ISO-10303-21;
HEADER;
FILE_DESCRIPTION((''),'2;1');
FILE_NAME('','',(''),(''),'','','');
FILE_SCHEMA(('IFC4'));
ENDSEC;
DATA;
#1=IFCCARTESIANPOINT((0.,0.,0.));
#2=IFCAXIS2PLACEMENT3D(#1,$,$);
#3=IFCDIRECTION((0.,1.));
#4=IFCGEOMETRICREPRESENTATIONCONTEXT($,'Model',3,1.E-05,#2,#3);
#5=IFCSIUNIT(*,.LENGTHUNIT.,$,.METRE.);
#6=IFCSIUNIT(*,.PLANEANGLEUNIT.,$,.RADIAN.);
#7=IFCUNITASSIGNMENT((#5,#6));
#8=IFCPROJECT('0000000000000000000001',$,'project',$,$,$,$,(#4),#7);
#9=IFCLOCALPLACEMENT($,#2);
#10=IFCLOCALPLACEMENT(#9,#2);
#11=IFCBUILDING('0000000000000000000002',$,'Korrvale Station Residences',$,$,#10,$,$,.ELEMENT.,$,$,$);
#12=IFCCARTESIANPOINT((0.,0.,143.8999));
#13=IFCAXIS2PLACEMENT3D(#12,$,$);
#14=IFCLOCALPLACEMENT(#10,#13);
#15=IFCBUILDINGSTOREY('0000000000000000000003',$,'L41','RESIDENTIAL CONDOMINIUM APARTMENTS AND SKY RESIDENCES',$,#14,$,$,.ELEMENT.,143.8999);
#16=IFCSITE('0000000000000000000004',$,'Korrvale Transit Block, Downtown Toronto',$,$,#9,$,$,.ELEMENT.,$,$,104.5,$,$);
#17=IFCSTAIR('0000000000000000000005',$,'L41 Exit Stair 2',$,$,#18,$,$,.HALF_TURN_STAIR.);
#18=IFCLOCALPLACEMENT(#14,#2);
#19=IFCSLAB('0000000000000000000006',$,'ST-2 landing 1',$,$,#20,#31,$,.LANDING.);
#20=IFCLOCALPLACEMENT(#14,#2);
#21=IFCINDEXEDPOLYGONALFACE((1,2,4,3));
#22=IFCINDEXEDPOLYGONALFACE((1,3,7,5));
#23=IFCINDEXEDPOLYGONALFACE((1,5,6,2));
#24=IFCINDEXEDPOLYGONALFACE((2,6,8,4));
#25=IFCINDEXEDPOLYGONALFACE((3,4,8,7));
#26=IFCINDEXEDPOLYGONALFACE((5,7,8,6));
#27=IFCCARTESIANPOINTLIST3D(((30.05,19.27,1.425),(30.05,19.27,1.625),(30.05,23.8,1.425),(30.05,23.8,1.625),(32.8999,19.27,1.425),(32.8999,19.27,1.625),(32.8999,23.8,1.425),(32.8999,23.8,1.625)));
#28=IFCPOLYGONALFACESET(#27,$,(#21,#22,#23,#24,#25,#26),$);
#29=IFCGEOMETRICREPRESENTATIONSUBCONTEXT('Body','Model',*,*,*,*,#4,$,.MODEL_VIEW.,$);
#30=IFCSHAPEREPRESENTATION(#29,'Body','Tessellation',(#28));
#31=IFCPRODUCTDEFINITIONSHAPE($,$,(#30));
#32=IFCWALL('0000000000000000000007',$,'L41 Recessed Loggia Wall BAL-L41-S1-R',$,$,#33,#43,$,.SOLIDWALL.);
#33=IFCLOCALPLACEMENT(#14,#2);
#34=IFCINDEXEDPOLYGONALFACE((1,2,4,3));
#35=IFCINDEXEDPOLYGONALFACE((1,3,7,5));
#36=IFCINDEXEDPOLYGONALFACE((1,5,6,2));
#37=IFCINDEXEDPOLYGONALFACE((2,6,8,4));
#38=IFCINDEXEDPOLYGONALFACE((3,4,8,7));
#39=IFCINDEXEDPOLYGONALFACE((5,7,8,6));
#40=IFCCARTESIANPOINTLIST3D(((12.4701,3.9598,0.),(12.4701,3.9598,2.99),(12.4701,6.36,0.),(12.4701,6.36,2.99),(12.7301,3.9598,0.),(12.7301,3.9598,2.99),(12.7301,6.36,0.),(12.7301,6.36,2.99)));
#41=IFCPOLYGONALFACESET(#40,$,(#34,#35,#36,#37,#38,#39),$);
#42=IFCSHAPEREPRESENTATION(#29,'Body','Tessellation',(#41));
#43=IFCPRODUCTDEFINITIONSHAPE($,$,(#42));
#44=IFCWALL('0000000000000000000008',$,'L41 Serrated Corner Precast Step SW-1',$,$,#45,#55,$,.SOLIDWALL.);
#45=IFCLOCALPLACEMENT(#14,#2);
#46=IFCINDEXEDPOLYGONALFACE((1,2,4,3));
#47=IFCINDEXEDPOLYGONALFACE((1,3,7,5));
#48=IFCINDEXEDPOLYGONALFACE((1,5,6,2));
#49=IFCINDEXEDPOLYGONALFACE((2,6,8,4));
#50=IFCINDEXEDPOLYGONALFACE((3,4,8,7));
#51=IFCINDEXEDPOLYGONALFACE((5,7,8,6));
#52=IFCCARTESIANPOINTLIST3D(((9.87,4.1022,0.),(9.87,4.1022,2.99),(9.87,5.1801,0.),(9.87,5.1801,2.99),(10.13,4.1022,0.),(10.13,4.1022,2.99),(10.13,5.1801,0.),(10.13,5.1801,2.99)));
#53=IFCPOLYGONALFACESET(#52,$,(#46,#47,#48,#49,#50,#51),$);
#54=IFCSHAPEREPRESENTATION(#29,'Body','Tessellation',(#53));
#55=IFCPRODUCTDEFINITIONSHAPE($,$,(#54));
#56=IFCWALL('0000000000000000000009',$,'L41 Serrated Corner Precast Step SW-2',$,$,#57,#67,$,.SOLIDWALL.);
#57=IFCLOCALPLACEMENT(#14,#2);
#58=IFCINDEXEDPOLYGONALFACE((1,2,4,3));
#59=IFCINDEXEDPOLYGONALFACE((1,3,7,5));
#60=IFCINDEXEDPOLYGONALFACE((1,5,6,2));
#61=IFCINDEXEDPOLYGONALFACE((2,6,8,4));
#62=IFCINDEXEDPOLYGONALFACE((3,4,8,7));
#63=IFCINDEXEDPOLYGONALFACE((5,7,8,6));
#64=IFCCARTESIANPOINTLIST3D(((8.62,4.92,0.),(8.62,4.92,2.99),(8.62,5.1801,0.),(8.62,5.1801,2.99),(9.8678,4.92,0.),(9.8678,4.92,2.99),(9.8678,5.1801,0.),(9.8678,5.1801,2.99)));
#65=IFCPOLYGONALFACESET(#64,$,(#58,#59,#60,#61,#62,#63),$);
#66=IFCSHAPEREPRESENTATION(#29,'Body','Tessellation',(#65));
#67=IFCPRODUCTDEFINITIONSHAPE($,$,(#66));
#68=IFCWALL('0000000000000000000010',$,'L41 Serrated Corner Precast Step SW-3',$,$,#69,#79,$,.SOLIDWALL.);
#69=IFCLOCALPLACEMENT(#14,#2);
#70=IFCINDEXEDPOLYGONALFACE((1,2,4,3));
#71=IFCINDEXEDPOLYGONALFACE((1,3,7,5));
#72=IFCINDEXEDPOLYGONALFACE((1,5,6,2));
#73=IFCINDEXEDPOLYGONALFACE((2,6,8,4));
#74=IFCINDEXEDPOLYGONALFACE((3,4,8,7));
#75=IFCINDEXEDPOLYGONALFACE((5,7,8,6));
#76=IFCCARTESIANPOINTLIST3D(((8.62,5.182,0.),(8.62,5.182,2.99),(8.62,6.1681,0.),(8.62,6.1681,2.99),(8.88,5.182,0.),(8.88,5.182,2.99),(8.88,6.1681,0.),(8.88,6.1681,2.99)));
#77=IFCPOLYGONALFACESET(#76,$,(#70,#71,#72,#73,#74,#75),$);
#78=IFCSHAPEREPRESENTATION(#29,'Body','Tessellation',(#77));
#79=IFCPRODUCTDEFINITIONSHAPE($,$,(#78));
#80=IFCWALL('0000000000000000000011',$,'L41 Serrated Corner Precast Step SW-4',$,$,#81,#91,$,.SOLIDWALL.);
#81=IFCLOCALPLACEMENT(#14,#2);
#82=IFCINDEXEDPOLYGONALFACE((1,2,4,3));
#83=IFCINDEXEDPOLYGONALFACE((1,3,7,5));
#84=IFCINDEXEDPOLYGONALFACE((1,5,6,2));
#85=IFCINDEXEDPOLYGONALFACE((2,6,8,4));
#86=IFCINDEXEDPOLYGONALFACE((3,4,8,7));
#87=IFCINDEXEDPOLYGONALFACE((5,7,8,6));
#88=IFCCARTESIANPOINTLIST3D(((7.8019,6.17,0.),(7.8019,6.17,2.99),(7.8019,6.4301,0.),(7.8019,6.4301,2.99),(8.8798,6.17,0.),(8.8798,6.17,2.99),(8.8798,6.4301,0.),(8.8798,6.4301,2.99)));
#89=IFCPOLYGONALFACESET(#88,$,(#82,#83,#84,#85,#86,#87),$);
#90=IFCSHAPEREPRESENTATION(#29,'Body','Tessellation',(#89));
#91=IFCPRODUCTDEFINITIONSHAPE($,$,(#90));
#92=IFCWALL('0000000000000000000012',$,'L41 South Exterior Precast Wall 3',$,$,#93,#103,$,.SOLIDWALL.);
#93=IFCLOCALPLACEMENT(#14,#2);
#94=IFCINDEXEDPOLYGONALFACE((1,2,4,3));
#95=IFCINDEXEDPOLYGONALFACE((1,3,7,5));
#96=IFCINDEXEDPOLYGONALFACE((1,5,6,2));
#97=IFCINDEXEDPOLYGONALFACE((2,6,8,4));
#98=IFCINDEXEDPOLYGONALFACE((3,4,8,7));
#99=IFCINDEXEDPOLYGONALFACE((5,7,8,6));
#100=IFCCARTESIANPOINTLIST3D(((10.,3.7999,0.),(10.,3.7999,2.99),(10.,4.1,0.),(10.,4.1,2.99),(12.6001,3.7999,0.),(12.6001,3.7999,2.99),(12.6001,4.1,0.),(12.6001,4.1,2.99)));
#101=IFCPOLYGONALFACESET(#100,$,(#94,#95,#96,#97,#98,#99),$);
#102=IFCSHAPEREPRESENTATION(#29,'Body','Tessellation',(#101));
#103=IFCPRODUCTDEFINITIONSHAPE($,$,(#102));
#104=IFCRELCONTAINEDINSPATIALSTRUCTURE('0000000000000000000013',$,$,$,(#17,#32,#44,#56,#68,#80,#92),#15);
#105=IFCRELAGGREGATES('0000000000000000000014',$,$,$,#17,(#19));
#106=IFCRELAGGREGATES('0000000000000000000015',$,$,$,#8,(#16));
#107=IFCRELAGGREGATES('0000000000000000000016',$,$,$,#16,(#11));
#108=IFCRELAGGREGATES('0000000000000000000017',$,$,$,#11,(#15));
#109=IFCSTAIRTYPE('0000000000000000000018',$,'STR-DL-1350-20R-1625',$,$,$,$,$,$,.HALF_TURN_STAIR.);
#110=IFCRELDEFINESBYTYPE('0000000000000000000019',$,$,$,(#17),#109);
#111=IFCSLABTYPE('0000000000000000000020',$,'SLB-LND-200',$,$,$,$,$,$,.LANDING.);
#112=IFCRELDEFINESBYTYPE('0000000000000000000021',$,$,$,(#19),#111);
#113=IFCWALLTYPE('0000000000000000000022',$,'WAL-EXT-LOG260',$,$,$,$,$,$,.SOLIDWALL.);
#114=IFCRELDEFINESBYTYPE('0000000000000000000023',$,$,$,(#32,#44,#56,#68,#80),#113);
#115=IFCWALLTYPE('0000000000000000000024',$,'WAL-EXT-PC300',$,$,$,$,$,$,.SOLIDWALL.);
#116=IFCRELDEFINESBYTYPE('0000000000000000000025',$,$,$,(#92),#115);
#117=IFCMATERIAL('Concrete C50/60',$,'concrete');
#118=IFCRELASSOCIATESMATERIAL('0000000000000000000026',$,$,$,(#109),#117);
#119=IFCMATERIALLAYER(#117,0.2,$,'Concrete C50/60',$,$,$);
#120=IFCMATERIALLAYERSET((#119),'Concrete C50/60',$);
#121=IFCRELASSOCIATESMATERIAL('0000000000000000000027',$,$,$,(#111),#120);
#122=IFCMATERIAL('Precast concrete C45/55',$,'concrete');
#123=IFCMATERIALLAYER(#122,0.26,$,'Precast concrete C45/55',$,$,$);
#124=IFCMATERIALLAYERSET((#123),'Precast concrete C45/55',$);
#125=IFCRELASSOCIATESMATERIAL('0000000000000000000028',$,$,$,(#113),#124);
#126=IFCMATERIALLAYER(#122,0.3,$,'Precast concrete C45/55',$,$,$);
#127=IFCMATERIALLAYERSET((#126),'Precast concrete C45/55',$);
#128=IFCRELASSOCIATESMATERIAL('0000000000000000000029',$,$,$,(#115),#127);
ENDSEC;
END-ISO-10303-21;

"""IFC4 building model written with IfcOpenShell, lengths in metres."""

from ifc_helpers import new_model, si_unit, direction, frame, frame_2d, origin, place, context, subcontext, project, spatial, polyline, rectangle, outline, extrude, material, layer, layer_set, type_object, element, aggregate, save


model = new_model("IFC4")

# Units and contexts
model_context = context("Model", 3, precision=1e-05, world=origin(), true_north=direction((0.0, 1.0)))
body_context = subcontext(model_context, "Body", "Model", "MODEL_VIEW")
ifc_project = project(units=[si_unit("LENGTHUNIT", "METRE"), si_unit("PLANEANGLEUNIT", "RADIAN")], contexts=[model_context])

# Site, building, storey
site_placement = place(None, origin())
site = spatial("IfcSite", under=ifc_project, at=site_placement, Name="Korrvale Transit Block, Downtown Toronto", CompositionType="ELEMENT", RefElevation=104.5)
building_placement = place(site_placement, origin())
building = spatial("IfcBuilding", under=site, at=building_placement, Name="Korrvale Station Residences", CompositionType="ELEMENT")
storey_placement = place(building_placement, frame((0.0, 0.0, 143.8999)))
storey = spatial("IfcBuildingStorey", under=building, at=storey_placement, Name="L41", Description="RESIDENTIAL CONDOMINIUM APARTMENTS AND SKY RESIDENCES", CompositionType="ELEMENT", Elevation=143.8999)

# Shared definitions
ifc_material_1 = material(Name="Concrete C50/60", Category="concrete")

# Stair, slab
stair_type = type_object("IfcStairType", Name="STR-DL-1350-20R-1625", PredefinedType="HALF_TURN_STAIR", material=ifc_material_1)
ifc_layer_1 = layer(ifc_material_1, 0.2, Name="Concrete C50/60")
ifc_layer_set_1 = layer_set([ifc_layer_1], Name="Concrete C50/60")
slab_type_1 = type_object("IfcSlabType", Name="SLB-LND-200", PredefinedType="LANDING", material=ifc_layer_set_1)
stair_1_placement = place(storey_placement, origin())
stair_1 = element("IfcStair", 1, at=stair_1_placement, inside=storey, type_object=stair_type, Name="L41 Exit Stair 2", PredefinedType="HALF_TURN_STAIR")
slab_1_placement = place(storey_placement, frame((0.0, 0.0, 1.425)))
slab_1 = element("IfcSlab", 2, at=slab_1_placement, type_object=slab_type_1, Name="ST-2 landing 1", PredefinedType="LANDING", context=body_context, shape_type="SweptSolid", body=[
    extrude(outline(polyline([(32.8999, 19.27), (32.8999, 23.8), (30.05, 23.8), (30.05, 19.27), (32.8999, 19.27)])), origin(), (0.0, 0.0, 1.0), 0.2),
])
aggregate(stair_1, [slab_1])

# Walls
ifc_material_2 = material(Name="Precast concrete C45/55", Category="concrete")
ifc_layer_2 = layer(ifc_material_2, 0.26, Name="Precast concrete C45/55")
ifc_layer_set_2 = layer_set([ifc_layer_2], Name="Precast concrete C45/55")
wall_type_1 = type_object("IfcWallType", Name="WAL-EXT-LOG260", PredefinedType="SOLIDWALL", material=ifc_layer_set_2)
wall_1_placement = place(storey_placement, frame((12.6001, 6.3601, 0.0), z_axis=(0.0, 0.0, 1.0), x_axis=(0.0, -1.0, 0.0)))
element("IfcWall", 3, at=wall_1_placement, inside=storey, type_object=wall_type_1, Name="L41 Recessed Loggia Wall BAL-L41-S1-R", PredefinedType="SOLIDWALL", context=body_context, shape_type="SweptSolid", body=[
    extrude(rectangle(XDim=2.4001, YDim=0.26, at=frame_2d((1.2002, 0.0))), origin(), (0.0, 0.0, 1.0), 2.99),
])
wall_2_placement = place(storey_placement, frame((10.0, 4.1021, 0.0), z_axis=(0.0, 0.0, 1.0), x_axis=(0.0, 1.0, 0.0)))
element("IfcWall", 4, at=wall_2_placement, inside=storey, type_object=wall_type_1, Name="L41 Serrated Corner Precast Step SW-1", PredefinedType="SOLIDWALL", context=body_context, shape_type="SweptSolid", body=[
    extrude(rectangle(XDim=1.0779, YDim=0.26, at=frame_2d((0.5391, 0.0))), origin(), (0.0, 0.0, 1.0), 2.99),
])
wall_3_placement = place(storey_placement, frame((9.8679, 5.05, 0.0), z_axis=(0.0, 0.0, 1.0), x_axis=(-1.0, 0.0, 0.0)))
element("IfcWall", 5, at=wall_3_placement, inside=storey, type_object=wall_type_1, Name="L41 Serrated Corner Precast Step SW-2", PredefinedType="SOLIDWALL", context=body_context, shape_type="SweptSolid", body=[
    extrude(rectangle(XDim=1.2478, YDim=0.26, at=frame_2d((0.624, 0.0))), origin(), (0.0, 0.0, 1.0), 2.99),
])
wall_4_placement = place(storey_placement, frame((8.75, 5.1819, 0.0), z_axis=(0.0, 0.0, 1.0), x_axis=(0.0, 1.0, 0.0)))
element("IfcWall", 6, at=wall_4_placement, inside=storey, type_object=wall_type_1, Name="L41 Serrated Corner Precast Step SW-3", PredefinedType="SOLIDWALL", context=body_context, shape_type="SweptSolid", body=[
    extrude(rectangle(XDim=0.9861, YDim=0.26, at=frame_2d((0.4932, 0.0))), origin(), (0.0, 0.0, 1.0), 2.99),
])
wall_5_placement = place(storey_placement, frame((8.8799, 6.3, 0.0), z_axis=(0.0, 0.0, 1.0), x_axis=(-1.0, 0.0, 0.0)))
element("IfcWall", 7, at=wall_5_placement, inside=storey, type_object=wall_type_1, Name="L41 Serrated Corner Precast Step SW-4", PredefinedType="SOLIDWALL", context=body_context, shape_type="SweptSolid", body=[
    extrude(rectangle(XDim=1.0779, YDim=0.26, at=frame_2d((0.5391, 0.0))), origin(), (0.0, 0.0, 1.0), 2.99),
])
ifc_layer_3 = layer(ifc_material_2, 0.3, Name="Precast concrete C45/55")
ifc_layer_set_3 = layer_set([ifc_layer_3], Name="Precast concrete C45/55")
wall_type_2 = type_object("IfcWallType", Name="WAL-EXT-PC300", PredefinedType="SOLIDWALL", material=ifc_layer_set_3)
wall_6_placement = place(storey_placement, frame((12.6001, 3.95, 0.0), z_axis=(0.0, 0.0, 1.0), x_axis=(-1.0, 0.0, 0.0)))
element("IfcWall", 8, at=wall_6_placement, inside=storey, type_object=wall_type_2, Name="L41 South Exterior Precast Wall 3", PredefinedType="SOLIDWALL", context=body_context, shape_type="SweptSolid", body=[
    extrude(rectangle(XDim=2.6001, YDim=0.3, at=frame_2d((1.3, 0.0))), origin(), (0.0, 0.0, 1.0), 2.99),
])

save(model, "model.ifc")
